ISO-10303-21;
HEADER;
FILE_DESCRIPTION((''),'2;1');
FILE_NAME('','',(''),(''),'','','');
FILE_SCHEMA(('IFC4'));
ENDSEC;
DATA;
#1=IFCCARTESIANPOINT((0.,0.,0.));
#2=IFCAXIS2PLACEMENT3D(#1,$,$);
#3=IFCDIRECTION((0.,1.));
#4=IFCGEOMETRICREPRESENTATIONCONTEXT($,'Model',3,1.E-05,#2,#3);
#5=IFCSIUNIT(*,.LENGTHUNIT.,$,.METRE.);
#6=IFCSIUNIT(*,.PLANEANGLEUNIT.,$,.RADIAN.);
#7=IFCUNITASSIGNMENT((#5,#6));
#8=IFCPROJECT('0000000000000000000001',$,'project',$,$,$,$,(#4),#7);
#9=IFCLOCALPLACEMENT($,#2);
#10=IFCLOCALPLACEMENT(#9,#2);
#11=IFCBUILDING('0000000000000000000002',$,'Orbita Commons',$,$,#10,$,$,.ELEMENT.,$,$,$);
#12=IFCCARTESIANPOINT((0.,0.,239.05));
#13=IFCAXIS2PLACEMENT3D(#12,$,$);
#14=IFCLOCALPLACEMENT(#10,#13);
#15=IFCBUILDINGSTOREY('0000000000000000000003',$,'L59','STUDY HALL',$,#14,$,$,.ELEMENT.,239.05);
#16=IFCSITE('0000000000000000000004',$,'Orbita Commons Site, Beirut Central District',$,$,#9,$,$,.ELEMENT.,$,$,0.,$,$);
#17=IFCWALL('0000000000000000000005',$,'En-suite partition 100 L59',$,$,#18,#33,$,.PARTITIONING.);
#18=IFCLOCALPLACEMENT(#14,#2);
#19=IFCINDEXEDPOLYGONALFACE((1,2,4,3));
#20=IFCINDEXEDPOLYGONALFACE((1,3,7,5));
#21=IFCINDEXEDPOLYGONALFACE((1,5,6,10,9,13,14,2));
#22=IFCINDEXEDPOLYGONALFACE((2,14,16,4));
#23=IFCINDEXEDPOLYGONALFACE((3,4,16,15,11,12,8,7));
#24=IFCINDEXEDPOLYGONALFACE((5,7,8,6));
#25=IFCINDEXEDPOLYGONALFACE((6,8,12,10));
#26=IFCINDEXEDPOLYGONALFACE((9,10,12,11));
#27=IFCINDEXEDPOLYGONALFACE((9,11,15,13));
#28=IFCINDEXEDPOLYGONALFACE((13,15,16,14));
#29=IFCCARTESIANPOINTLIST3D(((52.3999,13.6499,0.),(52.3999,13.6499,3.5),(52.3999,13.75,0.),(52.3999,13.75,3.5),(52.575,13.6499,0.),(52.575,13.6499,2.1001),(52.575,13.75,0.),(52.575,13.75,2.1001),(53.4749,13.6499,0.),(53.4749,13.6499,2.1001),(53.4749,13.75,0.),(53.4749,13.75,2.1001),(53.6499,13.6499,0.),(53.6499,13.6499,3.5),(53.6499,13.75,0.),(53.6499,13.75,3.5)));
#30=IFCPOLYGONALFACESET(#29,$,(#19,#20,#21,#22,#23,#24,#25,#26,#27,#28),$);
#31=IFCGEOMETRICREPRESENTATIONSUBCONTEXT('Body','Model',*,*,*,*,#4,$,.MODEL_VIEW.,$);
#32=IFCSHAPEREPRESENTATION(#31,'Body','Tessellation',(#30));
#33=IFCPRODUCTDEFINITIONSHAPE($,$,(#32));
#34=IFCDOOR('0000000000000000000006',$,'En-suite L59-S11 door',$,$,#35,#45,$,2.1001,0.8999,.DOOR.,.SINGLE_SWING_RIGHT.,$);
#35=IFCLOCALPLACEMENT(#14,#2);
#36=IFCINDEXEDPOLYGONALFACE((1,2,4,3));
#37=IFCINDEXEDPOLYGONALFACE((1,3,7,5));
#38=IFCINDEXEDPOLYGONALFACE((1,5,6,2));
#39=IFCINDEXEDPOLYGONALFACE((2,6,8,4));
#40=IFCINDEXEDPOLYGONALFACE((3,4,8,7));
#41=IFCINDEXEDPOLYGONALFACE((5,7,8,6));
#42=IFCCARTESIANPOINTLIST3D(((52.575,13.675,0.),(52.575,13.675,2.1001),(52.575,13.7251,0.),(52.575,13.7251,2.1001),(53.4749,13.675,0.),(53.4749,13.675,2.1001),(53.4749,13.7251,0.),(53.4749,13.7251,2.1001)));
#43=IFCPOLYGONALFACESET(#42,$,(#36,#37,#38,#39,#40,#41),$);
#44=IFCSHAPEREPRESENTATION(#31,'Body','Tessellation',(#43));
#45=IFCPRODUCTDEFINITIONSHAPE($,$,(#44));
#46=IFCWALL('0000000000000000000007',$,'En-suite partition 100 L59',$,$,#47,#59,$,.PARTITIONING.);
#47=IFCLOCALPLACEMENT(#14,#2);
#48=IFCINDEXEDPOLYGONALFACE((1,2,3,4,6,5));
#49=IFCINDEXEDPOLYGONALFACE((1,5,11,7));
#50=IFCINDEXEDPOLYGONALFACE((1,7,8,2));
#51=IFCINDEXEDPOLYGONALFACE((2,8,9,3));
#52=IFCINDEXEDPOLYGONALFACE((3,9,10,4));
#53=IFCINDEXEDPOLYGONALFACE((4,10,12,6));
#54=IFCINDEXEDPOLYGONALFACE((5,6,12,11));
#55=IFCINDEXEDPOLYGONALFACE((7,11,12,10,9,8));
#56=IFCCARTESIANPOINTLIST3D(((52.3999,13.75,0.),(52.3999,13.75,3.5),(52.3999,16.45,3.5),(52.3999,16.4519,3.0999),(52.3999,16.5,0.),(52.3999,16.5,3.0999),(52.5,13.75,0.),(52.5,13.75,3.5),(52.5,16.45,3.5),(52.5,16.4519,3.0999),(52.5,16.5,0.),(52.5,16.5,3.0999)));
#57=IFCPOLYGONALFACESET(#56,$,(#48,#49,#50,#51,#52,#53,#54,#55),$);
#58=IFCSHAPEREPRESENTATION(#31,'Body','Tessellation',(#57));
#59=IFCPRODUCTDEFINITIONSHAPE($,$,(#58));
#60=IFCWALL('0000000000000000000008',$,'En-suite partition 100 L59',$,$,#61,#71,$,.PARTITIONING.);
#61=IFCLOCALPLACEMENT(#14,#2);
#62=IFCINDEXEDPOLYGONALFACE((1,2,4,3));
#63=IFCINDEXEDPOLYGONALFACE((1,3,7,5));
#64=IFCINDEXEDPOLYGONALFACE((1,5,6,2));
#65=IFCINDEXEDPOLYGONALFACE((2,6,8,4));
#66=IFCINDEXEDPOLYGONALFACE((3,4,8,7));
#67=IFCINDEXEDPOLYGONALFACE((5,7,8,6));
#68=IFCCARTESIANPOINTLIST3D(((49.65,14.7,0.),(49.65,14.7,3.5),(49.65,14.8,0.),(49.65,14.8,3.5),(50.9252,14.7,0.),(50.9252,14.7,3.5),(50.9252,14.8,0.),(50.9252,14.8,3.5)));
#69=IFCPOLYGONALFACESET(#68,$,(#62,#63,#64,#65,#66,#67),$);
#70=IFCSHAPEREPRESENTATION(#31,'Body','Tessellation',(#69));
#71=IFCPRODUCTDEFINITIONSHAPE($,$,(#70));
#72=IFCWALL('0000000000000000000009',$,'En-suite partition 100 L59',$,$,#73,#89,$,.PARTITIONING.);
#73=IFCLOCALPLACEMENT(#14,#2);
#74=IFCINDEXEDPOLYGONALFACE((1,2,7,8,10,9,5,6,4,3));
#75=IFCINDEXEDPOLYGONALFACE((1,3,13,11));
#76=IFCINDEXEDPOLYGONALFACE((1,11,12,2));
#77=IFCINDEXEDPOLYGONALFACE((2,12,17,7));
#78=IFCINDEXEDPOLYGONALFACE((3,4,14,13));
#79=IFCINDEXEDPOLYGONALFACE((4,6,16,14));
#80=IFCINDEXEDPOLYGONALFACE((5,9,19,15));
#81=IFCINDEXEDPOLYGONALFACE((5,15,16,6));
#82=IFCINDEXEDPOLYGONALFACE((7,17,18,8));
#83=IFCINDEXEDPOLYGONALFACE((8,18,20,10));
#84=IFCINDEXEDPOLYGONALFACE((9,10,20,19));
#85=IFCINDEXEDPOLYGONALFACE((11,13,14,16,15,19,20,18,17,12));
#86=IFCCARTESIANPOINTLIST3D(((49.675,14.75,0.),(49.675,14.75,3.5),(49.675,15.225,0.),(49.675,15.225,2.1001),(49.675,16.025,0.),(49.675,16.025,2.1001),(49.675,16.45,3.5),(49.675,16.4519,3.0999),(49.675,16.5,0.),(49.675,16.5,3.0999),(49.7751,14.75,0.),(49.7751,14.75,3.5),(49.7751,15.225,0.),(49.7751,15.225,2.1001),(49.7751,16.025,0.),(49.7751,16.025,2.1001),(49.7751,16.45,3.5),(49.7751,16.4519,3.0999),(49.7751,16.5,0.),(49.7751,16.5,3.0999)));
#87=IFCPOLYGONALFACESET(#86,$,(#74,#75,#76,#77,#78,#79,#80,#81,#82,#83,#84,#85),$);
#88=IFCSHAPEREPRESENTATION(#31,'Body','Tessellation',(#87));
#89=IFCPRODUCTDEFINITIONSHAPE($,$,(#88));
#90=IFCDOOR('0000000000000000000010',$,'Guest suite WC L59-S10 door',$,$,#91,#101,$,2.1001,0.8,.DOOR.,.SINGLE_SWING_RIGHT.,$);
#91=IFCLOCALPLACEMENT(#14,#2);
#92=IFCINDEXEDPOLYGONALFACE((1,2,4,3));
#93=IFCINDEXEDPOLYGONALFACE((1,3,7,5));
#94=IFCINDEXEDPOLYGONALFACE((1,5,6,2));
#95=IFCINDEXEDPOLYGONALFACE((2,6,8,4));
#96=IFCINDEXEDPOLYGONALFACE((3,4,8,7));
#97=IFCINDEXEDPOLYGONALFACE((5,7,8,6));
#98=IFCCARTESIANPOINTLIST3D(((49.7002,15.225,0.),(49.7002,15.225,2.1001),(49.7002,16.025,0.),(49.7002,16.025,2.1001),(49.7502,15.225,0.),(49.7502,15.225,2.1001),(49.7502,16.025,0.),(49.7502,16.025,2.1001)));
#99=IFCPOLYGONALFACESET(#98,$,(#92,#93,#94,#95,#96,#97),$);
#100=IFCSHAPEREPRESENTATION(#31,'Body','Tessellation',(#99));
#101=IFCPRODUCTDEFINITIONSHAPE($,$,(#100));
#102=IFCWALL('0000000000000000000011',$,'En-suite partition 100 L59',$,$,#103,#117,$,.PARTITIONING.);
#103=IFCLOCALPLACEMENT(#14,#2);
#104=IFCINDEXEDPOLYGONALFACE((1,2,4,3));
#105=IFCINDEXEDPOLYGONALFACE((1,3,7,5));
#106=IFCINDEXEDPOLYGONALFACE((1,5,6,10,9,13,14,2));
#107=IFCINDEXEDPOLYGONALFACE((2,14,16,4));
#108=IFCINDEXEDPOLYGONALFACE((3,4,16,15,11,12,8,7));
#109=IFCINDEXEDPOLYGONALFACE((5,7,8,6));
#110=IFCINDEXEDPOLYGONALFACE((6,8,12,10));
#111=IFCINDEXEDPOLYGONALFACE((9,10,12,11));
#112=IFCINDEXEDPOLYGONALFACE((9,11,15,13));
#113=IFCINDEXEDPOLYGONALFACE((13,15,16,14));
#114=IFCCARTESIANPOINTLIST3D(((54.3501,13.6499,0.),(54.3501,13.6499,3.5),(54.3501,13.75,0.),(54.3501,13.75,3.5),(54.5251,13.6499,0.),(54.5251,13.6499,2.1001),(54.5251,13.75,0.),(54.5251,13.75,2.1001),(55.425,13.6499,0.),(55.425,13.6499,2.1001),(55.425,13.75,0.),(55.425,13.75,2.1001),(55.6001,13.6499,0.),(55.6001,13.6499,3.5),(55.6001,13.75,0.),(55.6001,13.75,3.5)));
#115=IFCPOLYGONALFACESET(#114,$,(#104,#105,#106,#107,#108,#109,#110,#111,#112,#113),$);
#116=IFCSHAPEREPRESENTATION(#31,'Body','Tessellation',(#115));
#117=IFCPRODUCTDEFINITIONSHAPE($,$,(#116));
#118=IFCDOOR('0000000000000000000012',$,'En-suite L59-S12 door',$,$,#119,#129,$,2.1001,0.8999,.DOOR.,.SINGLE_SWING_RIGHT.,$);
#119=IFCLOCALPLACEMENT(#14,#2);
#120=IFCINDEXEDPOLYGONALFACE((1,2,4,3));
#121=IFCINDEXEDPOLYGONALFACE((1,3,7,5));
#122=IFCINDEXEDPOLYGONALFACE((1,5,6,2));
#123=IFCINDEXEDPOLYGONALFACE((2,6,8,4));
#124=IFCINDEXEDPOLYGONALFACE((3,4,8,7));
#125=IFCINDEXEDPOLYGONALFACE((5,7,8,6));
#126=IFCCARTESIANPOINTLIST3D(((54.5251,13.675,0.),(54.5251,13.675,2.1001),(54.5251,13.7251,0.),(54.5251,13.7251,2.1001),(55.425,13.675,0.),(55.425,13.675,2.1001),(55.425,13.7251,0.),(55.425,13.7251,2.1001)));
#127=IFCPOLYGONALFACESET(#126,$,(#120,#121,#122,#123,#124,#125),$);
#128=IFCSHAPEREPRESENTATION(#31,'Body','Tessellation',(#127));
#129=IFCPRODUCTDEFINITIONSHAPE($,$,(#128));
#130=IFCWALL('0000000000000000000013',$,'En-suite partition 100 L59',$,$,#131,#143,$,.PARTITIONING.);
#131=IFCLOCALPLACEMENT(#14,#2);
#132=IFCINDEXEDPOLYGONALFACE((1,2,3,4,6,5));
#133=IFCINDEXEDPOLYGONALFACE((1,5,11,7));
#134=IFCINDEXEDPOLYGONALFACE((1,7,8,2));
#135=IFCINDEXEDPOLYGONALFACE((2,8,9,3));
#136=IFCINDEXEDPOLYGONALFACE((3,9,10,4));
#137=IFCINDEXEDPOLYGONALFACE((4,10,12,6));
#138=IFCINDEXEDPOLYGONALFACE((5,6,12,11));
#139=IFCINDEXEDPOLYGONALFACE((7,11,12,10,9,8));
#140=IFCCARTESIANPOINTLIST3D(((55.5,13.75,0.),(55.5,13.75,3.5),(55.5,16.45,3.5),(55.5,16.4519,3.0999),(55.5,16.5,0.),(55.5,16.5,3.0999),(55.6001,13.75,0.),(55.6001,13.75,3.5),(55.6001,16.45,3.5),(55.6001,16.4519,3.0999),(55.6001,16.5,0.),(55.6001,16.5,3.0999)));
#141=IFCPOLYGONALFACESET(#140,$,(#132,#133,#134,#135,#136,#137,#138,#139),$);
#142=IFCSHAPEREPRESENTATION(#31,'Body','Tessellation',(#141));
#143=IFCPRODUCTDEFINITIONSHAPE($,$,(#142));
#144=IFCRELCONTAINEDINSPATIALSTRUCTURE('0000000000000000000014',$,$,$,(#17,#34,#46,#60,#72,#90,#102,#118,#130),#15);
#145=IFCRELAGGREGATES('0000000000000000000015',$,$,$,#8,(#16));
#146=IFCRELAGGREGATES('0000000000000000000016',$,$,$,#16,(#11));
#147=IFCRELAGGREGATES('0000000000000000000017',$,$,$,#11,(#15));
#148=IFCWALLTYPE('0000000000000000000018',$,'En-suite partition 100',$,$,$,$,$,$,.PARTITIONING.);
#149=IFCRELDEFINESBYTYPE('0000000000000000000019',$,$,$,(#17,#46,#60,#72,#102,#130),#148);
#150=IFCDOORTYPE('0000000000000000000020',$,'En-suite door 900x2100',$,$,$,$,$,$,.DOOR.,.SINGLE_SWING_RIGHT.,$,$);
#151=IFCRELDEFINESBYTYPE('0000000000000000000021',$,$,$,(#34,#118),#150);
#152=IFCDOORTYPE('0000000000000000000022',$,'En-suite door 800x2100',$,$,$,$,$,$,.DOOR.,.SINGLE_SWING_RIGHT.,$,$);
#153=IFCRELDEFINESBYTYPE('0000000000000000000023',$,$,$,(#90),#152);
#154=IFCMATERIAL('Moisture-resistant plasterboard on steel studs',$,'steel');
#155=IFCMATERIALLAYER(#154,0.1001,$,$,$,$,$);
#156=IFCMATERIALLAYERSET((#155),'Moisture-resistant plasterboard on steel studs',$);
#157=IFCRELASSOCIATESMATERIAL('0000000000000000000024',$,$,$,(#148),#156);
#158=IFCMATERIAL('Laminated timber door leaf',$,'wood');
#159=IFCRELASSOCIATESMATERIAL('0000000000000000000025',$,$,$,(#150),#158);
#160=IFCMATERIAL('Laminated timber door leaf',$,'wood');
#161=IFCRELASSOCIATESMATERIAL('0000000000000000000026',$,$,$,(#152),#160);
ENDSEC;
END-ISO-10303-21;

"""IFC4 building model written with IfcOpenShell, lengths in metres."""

from ifc_helpers import new_model, si_unit, direction, frame, frame_2d, origin, place, context, subcontext, project, spatial, polyline, rectangle, outline, extrude, material, layer, layer_set, type_object, element, fill, save


model = new_model("IFC4")

# Units and contexts
model_context = context("Model", 3, precision=1e-05, world=origin(), true_north=direction((0.0, 1.0)))
body_context = subcontext(model_context, "Body", "Model", "MODEL_VIEW")
ifc_project = project(units=[si_unit("LENGTHUNIT", "METRE"), si_unit("PLANEANGLEUNIT", "RADIAN")], contexts=[model_context])

# Site, building, storey
site_placement = place(None, origin())
site = spatial("IfcSite", under=ifc_project, at=site_placement, Name="Orbita Commons Site, Beirut Central District", CompositionType="ELEMENT", RefElevation=0.0)
building_placement = place(site_placement, origin())
building = spatial("IfcBuilding", under=site, at=building_placement, Name="Orbita Commons", CompositionType="ELEMENT")
storey_placement = place(building_placement, frame((0.0, 0.0, 239.05)))
storey = spatial("IfcBuildingStorey", under=building, at=storey_placement, Name="L59", Description="STUDY HALL", CompositionType="ELEMENT", Elevation=239.05)

# Shared definitions
ifc_material_1 = material(Name="Moisture-resistant plasterboard on steel studs", Category="steel")
ifc_layer_1 = layer(ifc_material_1, 0.1001)
ifc_layer_set_1 = layer_set([ifc_layer_1], Name="Moisture-resistant plasterboard on steel studs")
wall_type_1 = type_object("IfcWallType", Name="En-suite partition 100", PredefinedType="PARTITIONING", material=ifc_layer_set_1)
ifc_material_2 = material(Name="Laminated timber door leaf", Category="wood")
door_type_1 = type_object("IfcDoorType", Name="En-suite door 900x2100", OperationType="SINGLE_SWING_RIGHT", PredefinedType="DOOR", material=ifc_material_2)

# Wall, opening, door
wall_1_placement = place(storey_placement, frame((53.6499, 13.7, 0.0), z_axis=(0.0, 0.0, 1.0), x_axis=(-1.0, 0.0, 0.0)))
wall_1 = element("IfcWall", 1, at=wall_1_placement, inside=storey, type_object=wall_type_1, Name="En-suite partition 100 L59", PredefinedType="PARTITIONING", context=body_context, shape_type="SweptSolid", body=[
    extrude(rectangle(XDim=1.25, YDim=0.1001, at=frame_2d((0.625, 0.0))), origin(), (0.0, 0.0, 1.0), 3.5),
])
opening_1_placement = place(wall_1_placement, frame((0.175, 0.0, 0.0)))
opening_1 = element("IfcOpeningElement", 2, at=opening_1_placement, cuts=wall_1, PredefinedType="OPENING", context=body_context, shape_type="SweptSolid", body=[
    extrude(rectangle(XDim=0.8999, YDim=2.1001, at=frame_2d((0.45, 1.05))), frame((0.0, 0.0601, 0.0), z_axis=(0.0, -1.0, 0.0), x_axis=(1.0, 0.0, 0.0)), (0.0, 0.0, 1.0), 0.1201),
])
door_1_placement = place(opening_1_placement, origin())
door_1 = element("IfcDoor", 3, at=door_1_placement, inside=storey, type_object=door_type_1, Name="En-suite L59-S11 door", OperationType="SINGLE_SWING_RIGHT", OverallHeight=2.1001, OverallWidth=0.8999, PredefinedType="DOOR", context=body_context, shape_type="SweptSolid", body=[
    extrude(rectangle(XDim=0.8999, YDim=2.1001, at=frame_2d((0.45, 1.05))), frame((0.0, 0.0249, 0.0), z_axis=(0.0, -1.0, 0.0), x_axis=(1.0, 0.0, 0.0)), (0.0, 0.0, 1.0), 0.05),
])
fill(opening_1, door_1)

# Walls
wall_2_placement = place(storey_placement, frame((52.45, 13.75, 0.0), z_axis=(0.0, 0.0, 1.0), x_axis=(0.0, 1.0, 0.0)))
element("IfcWall", 4, at=wall_2_placement, inside=storey, type_object=wall_type_1, Name="En-suite partition 100 L59", PredefinedType="PARTITIONING", context=body_context, shape_type="SweptSolid", body=[
    extrude(outline(polyline([(0.0, 0.0), (2.75, 0.0), (2.75, 3.0999), (2.7019, 3.0999), (2.7, 3.5), (0.0, 3.5), (0.0, 0.0)])), frame((0.0, 0.05, 0.0), z_axis=(0.0, -1.0, 0.0), x_axis=(1.0, 0.0, 0.0)), (0.0, 0.0, 1.0), 0.1001),
])
wall_3_placement = place(storey_placement, frame((49.6499, 14.75, 0.0), z_axis=(0.0, 0.0, 1.0), x_axis=(1.0, 0.0, 0.0)))
element("IfcWall", 5, at=wall_3_placement, inside=storey, type_object=wall_type_1, Name="En-suite partition 100 L59", PredefinedType="PARTITIONING", context=body_context, shape_type="SweptSolid", body=[
    extrude(rectangle(XDim=1.2751, YDim=0.1001, at=frame_2d((0.6377, 0.0))), origin(), (0.0, 0.0, 1.0), 3.5),
])

# Walls, openings, doors
wall_4_placement = place(storey_placement, frame((49.7251, 14.75, 0.0), z_axis=(0.0, 0.0, 1.0), x_axis=(0.0, 1.0, 0.0)))
wall_4 = element("IfcWall", 6, at=wall_4_placement, inside=storey, type_object=wall_type_1, Name="En-suite partition 100 L59", PredefinedType="PARTITIONING", context=body_context, shape_type="SweptSolid", body=[
    extrude(outline(polyline([(0.0, 0.0), (1.75, 0.0), (1.75, 3.0999), (1.7019, 3.0999), (1.7, 3.5), (0.0, 3.5), (0.0, 0.0)])), frame((0.0, 0.05, 0.0), z_axis=(0.0, -1.0, 0.0), x_axis=(1.0, 0.0, 0.0)), (0.0, 0.0, 1.0), 0.1001),
])
opening_2_placement = place(wall_4_placement, frame((0.4751, 0.0, 0.0)))
opening_2 = element("IfcOpeningElement", 7, at=opening_2_placement, cuts=wall_4, PredefinedType="OPENING", context=body_context, shape_type="SweptSolid", body=[
    extrude(rectangle(XDim=0.8, YDim=2.1001, at=frame_2d((0.3999, 1.05))), frame((0.0, 0.0601, 0.0), z_axis=(0.0, -1.0, 0.0), x_axis=(1.0, 0.0, 0.0)), (0.0, 0.0, 1.0), 0.1201),
])
ifc_material_3 = material(Name="Laminated timber door leaf", Category="wood")
door_type_2 = type_object("IfcDoorType", Name="En-suite door 800x2100", OperationType="SINGLE_SWING_RIGHT", PredefinedType="DOOR", material=ifc_material_3)
door_2_placement = place(opening_2_placement, origin())
door_2 = element("IfcDoor", 8, at=door_2_placement, inside=storey, type_object=door_type_2, Name="Guest suite WC L59-S10 door", OperationType="SINGLE_SWING_RIGHT", OverallHeight=2.1001, OverallWidth=0.8, PredefinedType="DOOR", context=body_context, shape_type="SweptSolid", body=[
    extrude(rectangle(XDim=0.8, YDim=2.1001, at=frame_2d((0.3999, 1.05))), frame((0.0, 0.0249, 0.0), z_axis=(0.0, -1.0, 0.0), x_axis=(1.0, 0.0, 0.0)), (0.0, 0.0, 1.0), 0.05),
])
fill(opening_2, door_2)
wall_5_placement = place(storey_placement, frame((55.6001, 13.7, 0.0), z_axis=(0.0, 0.0, 1.0), x_axis=(-1.0, 0.0, 0.0)))
wall_5 = element("IfcWall", 9, at=wall_5_placement, inside=storey, type_object=wall_type_1, Name="En-suite partition 100 L59", PredefinedType="PARTITIONING", context=body_context, shape_type="SweptSolid", body=[
    extrude(rectangle(XDim=1.25, YDim=0.1001, at=frame_2d((0.625, 0.0))), origin(), (0.0, 0.0, 1.0), 3.5),
])
opening_3_placement = place(wall_5_placement, frame((0.175, 0.0, 0.0)))
opening_3 = element("IfcOpeningElement", 10, at=opening_3_placement, cuts=wall_5, PredefinedType="OPENING", context=body_context, shape_type="SweptSolid", body=[
    extrude(rectangle(XDim=0.8999, YDim=2.1001, at=frame_2d((0.45, 1.05))), frame((0.0, 0.0601, 0.0), z_axis=(0.0, -1.0, 0.0), x_axis=(1.0, 0.0, 0.0)), (0.0, 0.0, 1.0), 0.1201),
])
door_3_placement = place(opening_3_placement, origin())
door_3 = element("IfcDoor", 11, at=door_3_placement, inside=storey, type_object=door_type_1, Name="En-suite L59-S12 door", OperationType="SINGLE_SWING_RIGHT", OverallHeight=2.1001, OverallWidth=0.8999, PredefinedType="DOOR", context=body_context, shape_type="SweptSolid", body=[
    extrude(rectangle(XDim=0.8999, YDim=2.1001, at=frame_2d((0.45, 1.05))), frame((0.0, 0.0249, 0.0), z_axis=(0.0, -1.0, 0.0), x_axis=(1.0, 0.0, 0.0)), (0.0, 0.0, 1.0), 0.05),
])
fill(opening_3, door_3)

# Wall
wall_6_placement = place(storey_placement, frame((55.55, 13.75, 0.0), z_axis=(0.0, 0.0, 1.0), x_axis=(0.0, 1.0, 0.0)))
element("IfcWall", 12, at=wall_6_placement, inside=storey, type_object=wall_type_1, Name="En-suite partition 100 L59", PredefinedType="PARTITIONING", context=body_context, shape_type="SweptSolid", body=[
    extrude(outline(polyline([(0.0, 0.0), (2.75, 0.0), (2.75, 3.0999), (2.7019, 3.0999), (2.7, 3.5), (0.0, 3.5), (0.0, 0.0)])), frame((0.0, 0.05, 0.0), z_axis=(0.0, -1.0, 0.0), x_axis=(1.0, 0.0, 0.0)), (0.0, 0.0, 1.0), 0.1001),
])

save(model, "model.ifc")
